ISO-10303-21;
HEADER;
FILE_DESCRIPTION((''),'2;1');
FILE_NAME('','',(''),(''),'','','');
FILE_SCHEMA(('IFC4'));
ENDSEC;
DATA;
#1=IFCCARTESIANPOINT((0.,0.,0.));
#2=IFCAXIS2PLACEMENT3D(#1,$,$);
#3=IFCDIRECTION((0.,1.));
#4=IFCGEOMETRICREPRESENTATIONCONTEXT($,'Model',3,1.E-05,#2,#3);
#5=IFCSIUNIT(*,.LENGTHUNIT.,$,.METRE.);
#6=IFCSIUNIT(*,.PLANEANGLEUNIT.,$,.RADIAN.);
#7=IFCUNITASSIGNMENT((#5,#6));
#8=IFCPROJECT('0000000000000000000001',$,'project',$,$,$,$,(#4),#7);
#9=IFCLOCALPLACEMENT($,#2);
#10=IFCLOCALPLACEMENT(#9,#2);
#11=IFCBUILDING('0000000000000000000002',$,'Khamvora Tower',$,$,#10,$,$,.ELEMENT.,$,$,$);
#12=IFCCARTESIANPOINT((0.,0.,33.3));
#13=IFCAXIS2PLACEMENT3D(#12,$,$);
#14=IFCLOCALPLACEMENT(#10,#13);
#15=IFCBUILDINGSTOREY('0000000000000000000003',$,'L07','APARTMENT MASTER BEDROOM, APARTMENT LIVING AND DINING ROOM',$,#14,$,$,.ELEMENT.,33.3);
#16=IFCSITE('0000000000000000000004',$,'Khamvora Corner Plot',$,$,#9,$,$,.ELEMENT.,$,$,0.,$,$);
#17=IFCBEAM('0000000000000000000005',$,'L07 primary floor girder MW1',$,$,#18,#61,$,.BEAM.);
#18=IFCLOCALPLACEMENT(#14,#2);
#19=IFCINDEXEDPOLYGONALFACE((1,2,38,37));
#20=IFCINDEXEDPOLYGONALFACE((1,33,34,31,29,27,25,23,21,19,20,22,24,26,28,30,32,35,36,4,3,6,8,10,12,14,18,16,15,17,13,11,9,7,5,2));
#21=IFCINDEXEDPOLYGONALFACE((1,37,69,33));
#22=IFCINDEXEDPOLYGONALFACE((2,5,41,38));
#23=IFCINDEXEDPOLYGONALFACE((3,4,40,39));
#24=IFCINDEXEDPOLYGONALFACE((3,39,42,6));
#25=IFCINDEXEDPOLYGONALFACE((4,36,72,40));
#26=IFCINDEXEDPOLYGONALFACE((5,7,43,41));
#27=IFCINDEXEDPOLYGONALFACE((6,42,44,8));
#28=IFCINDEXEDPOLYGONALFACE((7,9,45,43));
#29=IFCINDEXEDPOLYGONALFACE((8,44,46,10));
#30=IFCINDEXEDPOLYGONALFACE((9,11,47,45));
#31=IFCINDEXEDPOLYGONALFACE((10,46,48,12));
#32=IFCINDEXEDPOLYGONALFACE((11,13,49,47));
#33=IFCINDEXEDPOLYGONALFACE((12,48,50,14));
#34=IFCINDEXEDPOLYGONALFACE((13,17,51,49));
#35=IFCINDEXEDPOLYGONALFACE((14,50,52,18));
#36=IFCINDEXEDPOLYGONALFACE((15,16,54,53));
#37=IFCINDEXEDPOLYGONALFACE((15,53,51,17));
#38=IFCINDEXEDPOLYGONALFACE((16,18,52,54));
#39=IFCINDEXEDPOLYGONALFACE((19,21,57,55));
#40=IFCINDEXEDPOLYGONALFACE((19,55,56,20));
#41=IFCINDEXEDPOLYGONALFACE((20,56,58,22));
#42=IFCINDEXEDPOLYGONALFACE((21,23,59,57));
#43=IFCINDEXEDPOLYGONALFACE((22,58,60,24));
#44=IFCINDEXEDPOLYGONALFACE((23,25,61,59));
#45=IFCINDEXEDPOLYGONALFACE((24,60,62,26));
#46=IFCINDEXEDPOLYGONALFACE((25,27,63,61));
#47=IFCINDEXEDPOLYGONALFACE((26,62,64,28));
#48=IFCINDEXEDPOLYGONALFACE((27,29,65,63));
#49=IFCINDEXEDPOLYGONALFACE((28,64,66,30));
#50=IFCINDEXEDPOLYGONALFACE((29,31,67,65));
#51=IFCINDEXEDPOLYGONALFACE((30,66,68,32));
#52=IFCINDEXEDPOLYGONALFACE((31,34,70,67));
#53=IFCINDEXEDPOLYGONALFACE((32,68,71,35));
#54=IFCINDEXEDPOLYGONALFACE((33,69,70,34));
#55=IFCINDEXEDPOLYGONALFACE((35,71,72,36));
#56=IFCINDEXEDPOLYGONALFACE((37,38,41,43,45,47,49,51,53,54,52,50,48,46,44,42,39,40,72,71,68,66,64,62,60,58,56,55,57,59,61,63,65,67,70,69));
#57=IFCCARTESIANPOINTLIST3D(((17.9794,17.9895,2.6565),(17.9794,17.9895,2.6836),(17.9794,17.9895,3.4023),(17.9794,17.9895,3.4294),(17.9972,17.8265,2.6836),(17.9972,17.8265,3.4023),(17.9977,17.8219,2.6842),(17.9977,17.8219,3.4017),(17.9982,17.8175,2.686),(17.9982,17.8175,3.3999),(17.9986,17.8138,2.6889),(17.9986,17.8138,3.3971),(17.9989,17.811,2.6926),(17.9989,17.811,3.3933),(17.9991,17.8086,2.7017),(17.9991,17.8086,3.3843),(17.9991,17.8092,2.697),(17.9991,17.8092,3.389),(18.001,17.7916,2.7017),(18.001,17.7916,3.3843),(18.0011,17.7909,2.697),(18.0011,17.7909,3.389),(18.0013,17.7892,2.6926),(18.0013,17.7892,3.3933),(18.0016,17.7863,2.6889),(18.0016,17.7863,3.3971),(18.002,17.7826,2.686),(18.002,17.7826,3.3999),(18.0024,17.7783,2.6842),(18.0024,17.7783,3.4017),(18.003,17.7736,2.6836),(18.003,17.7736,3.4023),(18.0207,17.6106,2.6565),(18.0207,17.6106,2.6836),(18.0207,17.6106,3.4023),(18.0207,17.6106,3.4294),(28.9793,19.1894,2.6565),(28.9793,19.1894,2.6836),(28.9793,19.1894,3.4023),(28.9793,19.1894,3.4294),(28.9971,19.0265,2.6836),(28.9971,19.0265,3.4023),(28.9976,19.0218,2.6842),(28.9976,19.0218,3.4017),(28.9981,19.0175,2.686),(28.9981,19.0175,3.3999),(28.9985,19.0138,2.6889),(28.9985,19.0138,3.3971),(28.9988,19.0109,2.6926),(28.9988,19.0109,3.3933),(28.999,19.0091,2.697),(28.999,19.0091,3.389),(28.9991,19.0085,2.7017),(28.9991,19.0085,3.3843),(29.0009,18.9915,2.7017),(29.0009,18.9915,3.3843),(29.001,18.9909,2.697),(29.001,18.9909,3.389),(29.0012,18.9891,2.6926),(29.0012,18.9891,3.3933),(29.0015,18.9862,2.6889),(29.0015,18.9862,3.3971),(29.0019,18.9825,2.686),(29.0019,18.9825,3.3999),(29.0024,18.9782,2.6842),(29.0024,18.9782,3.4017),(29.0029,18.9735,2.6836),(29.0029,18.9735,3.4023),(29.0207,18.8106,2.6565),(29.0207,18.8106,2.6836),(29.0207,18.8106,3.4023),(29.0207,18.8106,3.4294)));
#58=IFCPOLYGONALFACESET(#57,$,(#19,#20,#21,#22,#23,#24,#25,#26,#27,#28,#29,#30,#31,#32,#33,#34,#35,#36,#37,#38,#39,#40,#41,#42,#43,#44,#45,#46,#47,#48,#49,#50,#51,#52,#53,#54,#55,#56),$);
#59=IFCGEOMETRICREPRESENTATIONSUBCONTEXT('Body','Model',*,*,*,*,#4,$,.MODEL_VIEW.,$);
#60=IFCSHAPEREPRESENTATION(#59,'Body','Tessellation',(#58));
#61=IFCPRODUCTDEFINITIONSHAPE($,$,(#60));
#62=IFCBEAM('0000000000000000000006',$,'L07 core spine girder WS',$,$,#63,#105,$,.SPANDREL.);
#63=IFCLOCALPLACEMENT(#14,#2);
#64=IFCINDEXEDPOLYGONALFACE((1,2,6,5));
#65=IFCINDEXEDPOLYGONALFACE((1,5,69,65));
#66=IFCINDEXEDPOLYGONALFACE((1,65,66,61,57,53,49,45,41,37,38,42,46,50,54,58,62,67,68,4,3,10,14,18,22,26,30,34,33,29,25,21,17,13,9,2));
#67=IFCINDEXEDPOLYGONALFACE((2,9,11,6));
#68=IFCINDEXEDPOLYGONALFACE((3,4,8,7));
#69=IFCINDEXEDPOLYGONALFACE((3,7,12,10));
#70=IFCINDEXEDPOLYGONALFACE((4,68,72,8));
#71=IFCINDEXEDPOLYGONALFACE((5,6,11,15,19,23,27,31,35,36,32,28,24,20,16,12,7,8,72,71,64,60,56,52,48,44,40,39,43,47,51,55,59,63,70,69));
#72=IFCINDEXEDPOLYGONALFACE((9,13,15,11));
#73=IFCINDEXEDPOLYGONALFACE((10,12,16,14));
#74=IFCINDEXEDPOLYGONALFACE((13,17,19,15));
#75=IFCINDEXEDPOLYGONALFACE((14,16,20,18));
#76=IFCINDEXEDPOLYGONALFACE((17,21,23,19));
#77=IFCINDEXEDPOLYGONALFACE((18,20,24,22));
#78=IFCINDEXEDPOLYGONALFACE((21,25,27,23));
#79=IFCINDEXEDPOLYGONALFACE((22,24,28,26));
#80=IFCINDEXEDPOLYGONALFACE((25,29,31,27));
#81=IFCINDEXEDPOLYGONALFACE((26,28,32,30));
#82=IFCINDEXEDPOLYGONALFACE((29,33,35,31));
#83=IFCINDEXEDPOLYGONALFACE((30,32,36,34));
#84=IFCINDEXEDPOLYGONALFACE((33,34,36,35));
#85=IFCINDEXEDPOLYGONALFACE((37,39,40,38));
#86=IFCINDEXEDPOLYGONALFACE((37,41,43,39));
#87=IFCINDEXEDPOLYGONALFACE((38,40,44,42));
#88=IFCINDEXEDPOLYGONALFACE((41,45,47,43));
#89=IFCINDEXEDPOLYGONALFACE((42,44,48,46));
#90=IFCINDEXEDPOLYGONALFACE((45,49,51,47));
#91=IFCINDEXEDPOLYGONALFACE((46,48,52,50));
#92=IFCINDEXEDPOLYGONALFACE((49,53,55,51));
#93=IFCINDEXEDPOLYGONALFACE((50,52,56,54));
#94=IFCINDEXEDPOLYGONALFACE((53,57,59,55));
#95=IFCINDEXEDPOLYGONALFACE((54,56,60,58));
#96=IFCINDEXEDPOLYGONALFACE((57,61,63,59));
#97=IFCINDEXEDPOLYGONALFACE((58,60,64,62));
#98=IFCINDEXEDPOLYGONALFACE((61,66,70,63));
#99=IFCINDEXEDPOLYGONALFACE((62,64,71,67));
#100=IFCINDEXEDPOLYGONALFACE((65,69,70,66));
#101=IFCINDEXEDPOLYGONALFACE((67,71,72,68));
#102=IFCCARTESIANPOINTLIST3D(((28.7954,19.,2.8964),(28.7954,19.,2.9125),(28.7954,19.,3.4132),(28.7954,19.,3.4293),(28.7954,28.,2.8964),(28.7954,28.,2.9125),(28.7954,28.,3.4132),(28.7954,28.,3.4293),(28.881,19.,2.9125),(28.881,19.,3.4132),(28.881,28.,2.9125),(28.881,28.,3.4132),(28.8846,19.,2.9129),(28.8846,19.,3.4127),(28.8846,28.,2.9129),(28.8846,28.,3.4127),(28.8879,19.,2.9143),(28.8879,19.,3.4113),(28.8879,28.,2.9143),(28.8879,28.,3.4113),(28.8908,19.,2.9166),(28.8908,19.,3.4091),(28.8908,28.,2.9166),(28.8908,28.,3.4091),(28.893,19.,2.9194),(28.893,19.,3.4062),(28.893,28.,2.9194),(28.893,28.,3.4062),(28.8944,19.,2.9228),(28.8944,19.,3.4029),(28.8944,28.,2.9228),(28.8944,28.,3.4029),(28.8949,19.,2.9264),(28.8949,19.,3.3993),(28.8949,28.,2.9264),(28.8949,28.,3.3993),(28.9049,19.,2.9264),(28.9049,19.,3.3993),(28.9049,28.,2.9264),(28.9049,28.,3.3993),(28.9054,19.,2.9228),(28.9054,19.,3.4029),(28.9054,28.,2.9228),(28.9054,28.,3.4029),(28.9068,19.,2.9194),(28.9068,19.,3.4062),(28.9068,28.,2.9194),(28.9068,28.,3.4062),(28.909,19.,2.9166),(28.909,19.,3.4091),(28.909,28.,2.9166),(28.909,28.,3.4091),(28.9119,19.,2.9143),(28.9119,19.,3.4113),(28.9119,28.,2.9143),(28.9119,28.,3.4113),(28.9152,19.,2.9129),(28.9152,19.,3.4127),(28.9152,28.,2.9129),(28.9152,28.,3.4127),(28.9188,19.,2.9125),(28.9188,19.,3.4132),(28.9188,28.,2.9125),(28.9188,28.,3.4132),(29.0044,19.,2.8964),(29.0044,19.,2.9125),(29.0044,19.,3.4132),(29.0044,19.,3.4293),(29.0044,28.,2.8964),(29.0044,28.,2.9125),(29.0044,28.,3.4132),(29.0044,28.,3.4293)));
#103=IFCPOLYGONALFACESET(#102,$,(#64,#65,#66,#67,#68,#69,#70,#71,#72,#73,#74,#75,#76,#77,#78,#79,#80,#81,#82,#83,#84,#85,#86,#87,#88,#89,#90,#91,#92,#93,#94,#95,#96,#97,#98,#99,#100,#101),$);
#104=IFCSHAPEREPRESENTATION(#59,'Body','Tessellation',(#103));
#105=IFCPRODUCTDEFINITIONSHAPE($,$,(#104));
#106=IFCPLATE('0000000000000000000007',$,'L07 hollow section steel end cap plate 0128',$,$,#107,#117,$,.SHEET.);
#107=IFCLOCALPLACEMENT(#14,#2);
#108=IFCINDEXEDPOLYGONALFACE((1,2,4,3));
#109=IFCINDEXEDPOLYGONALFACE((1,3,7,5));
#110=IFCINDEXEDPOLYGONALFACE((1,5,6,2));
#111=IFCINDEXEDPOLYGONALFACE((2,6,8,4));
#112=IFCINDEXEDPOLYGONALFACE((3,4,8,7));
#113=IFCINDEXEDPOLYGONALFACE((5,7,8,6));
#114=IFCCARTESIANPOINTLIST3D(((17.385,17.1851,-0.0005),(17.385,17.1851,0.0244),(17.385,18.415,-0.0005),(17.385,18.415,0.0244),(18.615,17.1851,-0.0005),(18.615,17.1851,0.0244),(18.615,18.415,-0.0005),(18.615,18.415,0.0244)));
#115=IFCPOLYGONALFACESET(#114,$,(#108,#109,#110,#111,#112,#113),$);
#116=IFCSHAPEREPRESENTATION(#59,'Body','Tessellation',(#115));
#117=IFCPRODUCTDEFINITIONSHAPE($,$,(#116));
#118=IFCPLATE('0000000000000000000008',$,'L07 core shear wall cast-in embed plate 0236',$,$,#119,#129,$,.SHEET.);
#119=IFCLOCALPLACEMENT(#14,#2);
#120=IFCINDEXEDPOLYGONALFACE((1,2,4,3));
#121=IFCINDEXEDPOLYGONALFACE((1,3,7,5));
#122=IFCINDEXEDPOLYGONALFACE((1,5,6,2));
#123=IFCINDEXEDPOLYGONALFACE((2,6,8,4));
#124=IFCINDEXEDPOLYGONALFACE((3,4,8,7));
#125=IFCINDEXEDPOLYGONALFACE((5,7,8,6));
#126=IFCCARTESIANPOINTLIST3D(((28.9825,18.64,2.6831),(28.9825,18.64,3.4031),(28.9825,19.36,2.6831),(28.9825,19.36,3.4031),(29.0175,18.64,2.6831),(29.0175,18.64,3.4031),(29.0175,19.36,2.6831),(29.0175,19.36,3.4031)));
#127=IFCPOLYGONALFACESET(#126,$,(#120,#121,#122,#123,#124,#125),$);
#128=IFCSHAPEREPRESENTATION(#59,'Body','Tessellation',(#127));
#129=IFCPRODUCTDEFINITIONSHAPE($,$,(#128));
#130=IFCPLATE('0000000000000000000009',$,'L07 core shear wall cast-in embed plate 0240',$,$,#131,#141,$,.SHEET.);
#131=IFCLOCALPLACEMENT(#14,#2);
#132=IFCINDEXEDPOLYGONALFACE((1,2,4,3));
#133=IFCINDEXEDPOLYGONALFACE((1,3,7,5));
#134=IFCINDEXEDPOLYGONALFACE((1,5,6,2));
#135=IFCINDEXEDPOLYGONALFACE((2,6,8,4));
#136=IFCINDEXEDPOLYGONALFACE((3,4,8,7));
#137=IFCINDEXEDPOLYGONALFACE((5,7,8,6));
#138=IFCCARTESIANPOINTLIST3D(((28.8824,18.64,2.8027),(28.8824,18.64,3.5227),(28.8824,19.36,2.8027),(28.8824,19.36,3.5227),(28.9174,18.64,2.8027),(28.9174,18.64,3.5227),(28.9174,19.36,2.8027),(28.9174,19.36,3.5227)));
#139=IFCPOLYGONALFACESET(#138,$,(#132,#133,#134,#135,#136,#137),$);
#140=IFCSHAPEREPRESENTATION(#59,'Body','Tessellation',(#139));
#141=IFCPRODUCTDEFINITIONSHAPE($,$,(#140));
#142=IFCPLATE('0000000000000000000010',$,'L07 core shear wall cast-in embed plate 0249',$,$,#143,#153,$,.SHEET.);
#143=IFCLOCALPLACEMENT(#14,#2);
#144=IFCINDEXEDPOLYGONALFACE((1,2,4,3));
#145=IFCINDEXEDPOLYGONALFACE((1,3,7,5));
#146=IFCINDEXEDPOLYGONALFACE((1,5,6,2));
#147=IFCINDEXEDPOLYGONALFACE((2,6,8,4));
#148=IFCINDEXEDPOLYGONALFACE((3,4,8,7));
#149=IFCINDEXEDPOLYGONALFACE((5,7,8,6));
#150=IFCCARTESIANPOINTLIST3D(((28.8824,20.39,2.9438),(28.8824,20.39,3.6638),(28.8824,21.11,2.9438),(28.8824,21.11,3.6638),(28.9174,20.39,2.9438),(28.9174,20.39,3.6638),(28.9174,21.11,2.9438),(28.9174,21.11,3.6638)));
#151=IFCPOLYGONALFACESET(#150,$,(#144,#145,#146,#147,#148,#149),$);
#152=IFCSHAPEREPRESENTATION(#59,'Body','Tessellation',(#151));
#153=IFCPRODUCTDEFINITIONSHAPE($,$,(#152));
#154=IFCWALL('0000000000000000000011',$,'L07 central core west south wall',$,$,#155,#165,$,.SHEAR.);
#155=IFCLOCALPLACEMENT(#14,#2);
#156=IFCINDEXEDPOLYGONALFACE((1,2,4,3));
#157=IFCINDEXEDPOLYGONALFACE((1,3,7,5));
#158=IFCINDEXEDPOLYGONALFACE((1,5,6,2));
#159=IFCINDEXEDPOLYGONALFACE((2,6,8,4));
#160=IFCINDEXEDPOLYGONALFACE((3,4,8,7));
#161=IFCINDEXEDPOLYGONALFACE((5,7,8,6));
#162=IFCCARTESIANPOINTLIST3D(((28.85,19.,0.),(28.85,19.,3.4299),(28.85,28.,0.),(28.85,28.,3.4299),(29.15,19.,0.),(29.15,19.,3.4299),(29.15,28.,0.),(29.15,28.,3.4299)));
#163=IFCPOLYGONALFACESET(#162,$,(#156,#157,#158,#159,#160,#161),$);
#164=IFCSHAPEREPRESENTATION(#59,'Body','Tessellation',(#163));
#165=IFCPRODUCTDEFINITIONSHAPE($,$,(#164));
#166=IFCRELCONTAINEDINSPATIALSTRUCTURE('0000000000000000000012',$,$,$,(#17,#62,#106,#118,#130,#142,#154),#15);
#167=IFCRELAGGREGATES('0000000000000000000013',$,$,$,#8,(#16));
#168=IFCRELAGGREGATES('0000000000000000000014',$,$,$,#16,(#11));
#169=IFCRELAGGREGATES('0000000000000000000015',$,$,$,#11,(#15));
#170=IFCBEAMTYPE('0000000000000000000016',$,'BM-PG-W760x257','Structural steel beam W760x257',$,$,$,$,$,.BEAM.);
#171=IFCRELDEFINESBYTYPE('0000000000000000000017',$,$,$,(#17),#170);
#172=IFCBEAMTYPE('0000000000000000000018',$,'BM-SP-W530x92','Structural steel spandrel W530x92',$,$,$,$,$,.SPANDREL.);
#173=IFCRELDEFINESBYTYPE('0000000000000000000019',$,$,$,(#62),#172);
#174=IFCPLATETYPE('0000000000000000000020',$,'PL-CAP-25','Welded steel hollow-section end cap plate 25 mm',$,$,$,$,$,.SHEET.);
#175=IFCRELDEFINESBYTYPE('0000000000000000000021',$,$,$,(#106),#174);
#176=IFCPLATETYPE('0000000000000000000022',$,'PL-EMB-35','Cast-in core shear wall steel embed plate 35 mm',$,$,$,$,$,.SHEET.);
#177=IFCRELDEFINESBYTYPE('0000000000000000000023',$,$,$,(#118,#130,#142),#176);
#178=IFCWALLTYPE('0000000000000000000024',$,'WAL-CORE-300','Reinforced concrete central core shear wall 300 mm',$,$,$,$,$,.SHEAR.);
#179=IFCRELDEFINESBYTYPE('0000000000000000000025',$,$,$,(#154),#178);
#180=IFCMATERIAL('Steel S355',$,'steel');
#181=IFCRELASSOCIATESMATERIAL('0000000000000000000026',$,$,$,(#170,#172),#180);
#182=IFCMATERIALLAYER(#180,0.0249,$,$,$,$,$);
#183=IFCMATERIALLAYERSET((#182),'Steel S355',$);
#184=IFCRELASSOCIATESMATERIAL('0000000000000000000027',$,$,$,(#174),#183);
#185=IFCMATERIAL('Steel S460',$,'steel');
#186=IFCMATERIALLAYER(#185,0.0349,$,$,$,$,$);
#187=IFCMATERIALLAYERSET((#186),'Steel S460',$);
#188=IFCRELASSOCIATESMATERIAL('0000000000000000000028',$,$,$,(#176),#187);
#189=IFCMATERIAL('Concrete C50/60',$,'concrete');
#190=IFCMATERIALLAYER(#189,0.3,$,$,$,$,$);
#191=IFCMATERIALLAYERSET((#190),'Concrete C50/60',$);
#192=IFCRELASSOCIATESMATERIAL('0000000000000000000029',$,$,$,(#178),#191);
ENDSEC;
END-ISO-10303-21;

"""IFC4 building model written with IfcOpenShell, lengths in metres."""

from ifc_helpers import new_model, si_unit, direction, frame, frame_2d, origin, origin_2d, place, context, subcontext, project, spatial, rectangle, i_section, extrude, material, layer, layer_set, material_profile, profile_set, type_object, element, save


model = new_model("IFC4")

# Units and contexts
model_context = context("Model", 3, precision=1e-05, world=origin(), true_north=direction((0.0, 1.0)))
body_context = subcontext(model_context, "Body", "Model", "MODEL_VIEW")
ifc_project = project(units=[si_unit("LENGTHUNIT", "METRE"), si_unit("PLANEANGLEUNIT", "RADIAN")], contexts=[model_context])

# Site, building, storey
site_placement = place(None, origin())
site = spatial("IfcSite", under=ifc_project, at=site_placement, Name="Khamvora Corner Plot", CompositionType="ELEMENT", RefElevation=0.0)
building_placement = place(site_placement, origin())
building = spatial("IfcBuilding", under=site, at=building_placement, Name="Khamvora Tower", CompositionType="ELEMENT")
storey_placement = place(building_placement, frame((0.0, 0.0, 33.3)))
storey = spatial("IfcBuildingStorey", under=building, at=storey_placement, Name="L07", Description="APARTMENT MASTER BEDROOM, APARTMENT LIVING AND DINING ROOM", CompositionType="ELEMENT", Elevation=33.3)

# Shared definitions
ifc_material_1 = material(Name="Steel S460", Category="steel")

# Beams
ifc_material_2 = material(Name="Steel S355", Category="steel")
ifc_material_profile_1 = material_profile(ifc_material_2, i_section(OverallWidth=0.3811, OverallDepth=0.7729, WebThickness=0.0171, FlangeThickness=0.0271, FilletRadius=0.0181, at=origin_2d()), Name="W760x257")
ifc_profile_set_1 = profile_set([ifc_material_profile_1], Name="Steel S355")
beam_type_1 = type_object("IfcBeamType", Name="BM-PG-W760x257", Description="Structural steel beam W760x257", PredefinedType="BEAM", material=ifc_profile_set_1)
beam_1_placement = place(storey_placement, frame((29.0, 19.0, 3.043), z_axis=(-0.994103, -0.108443, 0.0), x_axis=(0.108443, -0.994103, 0.0)))
element("IfcBeam", 1, at=beam_1_placement, inside=storey, type_object=beam_type_1, Name="L07 primary floor girder MW1", PredefinedType="BEAM", context=body_context, shape_type="SweptSolid", body=[
    extrude(i_section(OverallWidth=0.3811, OverallDepth=0.7729, WebThickness=0.0171, FlangeThickness=0.0271, FilletRadius=0.0181, at=origin_2d()), origin(), (0.0, 0.0, 1.0), 11.0652),
])
ifc_material_profile_2 = material_profile(ifc_material_2, i_section(OverallWidth=0.209, OverallDepth=0.533, WebThickness=0.01, FlangeThickness=0.0161, FilletRadius=0.0139, at=origin_2d()), Name="W530x92")
ifc_profile_set_2 = profile_set([ifc_material_profile_2], Name="Steel S355")
beam_type_2 = type_object("IfcBeamType", Name="BM-SP-W530x92", Description="Structural steel spandrel W530x92", PredefinedType="SPANDREL", material=ifc_profile_set_2)
beam_2_placement = place(storey_placement, frame((28.8999, 19.0, 3.1628), z_axis=(0.0, 1.0, 0.0), x_axis=(-1.0, 0.0, 0.0)))
element("IfcBeam", 2, at=beam_2_placement, inside=storey, type_object=beam_type_2, Name="L07 core spine girder WS", PredefinedType="SPANDREL", context=body_context, shape_type="SweptSolid", body=[
    extrude(i_section(OverallWidth=0.209, OverallDepth=0.533, WebThickness=0.01, FlangeThickness=0.0161, FilletRadius=0.0139, at=origin_2d()), origin(), (0.0, 0.0, 1.0), 9.0),
])

# Plates
ifc_layer_1 = layer(ifc_material_2, 0.0249)
ifc_layer_set_1 = layer_set([ifc_layer_1], Name="Steel S355")
plate_type_1 = type_object("IfcPlateType", Name="PL-CAP-25", Description="Welded steel hollow-section end cap plate 25 mm", PredefinedType="SHEET", material=ifc_layer_set_1)
plate_placement = place(storey_placement, frame((18.0, 17.8, -0.0005), z_axis=(0.0, 0.0, 1.0), x_axis=(1.0, 0.0, 0.0)))
element("IfcPlate", 3, at=plate_placement, inside=storey, type_object=plate_type_1, Name="L07 hollow section steel end cap plate 0128", PredefinedType="SHEET", context=body_context, shape_type="SweptSolid", body=[
    extrude(rectangle(XDim=1.23, YDim=1.23, at=origin_2d()), origin(), (0.0, 0.0, 1.0), 0.0249),
])
ifc_layer_2 = layer(ifc_material_1, 0.0349)
ifc_layer_set_2 = layer_set([ifc_layer_2], Name="Steel S460")
plate_type_2 = type_object("IfcPlateType", Name="PL-EMB-35", Description="Cast-in core shear wall steel embed plate 35 mm", PredefinedType="SHEET", material=ifc_layer_set_2)
for number, where, z_axis, x_axis, name in (
    (4, (29.0, 19.0, 2.6831), (0.0, 0.0, 1.0), (1.0, 0.0, 0.0), "L07 core shear wall cast-in embed plate 0236"),
    (5, (28.8999, 19.0, 2.8027), (0.0, 0.0, 1.0), (1.0, 0.0, 0.0), "L07 core shear wall cast-in embed plate 0240"),
    (6, (28.8999, 20.75, 2.9438), (0.0, 0.0, 1.0), (1.0, 0.0, 0.0), "L07 core shear wall cast-in embed plate 0249"),
):
    element("IfcPlate", number, at=place(storey_placement, frame(where, z_axis=z_axis, x_axis=x_axis)), inside=storey, type_object=plate_type_2, Name=name, PredefinedType="SHEET", context=body_context, shape_type="SweptSolid", body=[
        extrude(rectangle(XDim=0.0349, YDim=0.72, at=origin_2d()), origin(), (0.0, 0.0, 1.0), 0.72),
    ])

# Wall
ifc_material_3 = material(Name="Concrete C50/60", Category="concrete")
ifc_layer_3 = layer(ifc_material_3, 0.3)
ifc_layer_set_3 = layer_set([ifc_layer_3], Name="Concrete C50/60")
wall_type_1 = type_object("IfcWallType", Name="WAL-CORE-300", Description="Reinforced concrete central core shear wall 300 mm", PredefinedType="SHEAR", material=ifc_layer_set_3)
wall_1_placement = place(storey_placement, frame((29.0, 19.0, 0.0), z_axis=(0.0, 0.0, 1.0), x_axis=(0.0, 1.0, 0.0)))
element("IfcWall", 7, at=wall_1_placement, inside=storey, type_object=wall_type_1, Name="L07 central core west south wall", PredefinedType="SHEAR", context=body_context, shape_type="SweptSolid", body=[
    extrude(rectangle(XDim=9.0, YDim=0.3, at=frame_2d((4.5, 0.0))), origin(), (0.0, 0.0, 1.0), 3.4299),
])

save(model, "model.ifc")
